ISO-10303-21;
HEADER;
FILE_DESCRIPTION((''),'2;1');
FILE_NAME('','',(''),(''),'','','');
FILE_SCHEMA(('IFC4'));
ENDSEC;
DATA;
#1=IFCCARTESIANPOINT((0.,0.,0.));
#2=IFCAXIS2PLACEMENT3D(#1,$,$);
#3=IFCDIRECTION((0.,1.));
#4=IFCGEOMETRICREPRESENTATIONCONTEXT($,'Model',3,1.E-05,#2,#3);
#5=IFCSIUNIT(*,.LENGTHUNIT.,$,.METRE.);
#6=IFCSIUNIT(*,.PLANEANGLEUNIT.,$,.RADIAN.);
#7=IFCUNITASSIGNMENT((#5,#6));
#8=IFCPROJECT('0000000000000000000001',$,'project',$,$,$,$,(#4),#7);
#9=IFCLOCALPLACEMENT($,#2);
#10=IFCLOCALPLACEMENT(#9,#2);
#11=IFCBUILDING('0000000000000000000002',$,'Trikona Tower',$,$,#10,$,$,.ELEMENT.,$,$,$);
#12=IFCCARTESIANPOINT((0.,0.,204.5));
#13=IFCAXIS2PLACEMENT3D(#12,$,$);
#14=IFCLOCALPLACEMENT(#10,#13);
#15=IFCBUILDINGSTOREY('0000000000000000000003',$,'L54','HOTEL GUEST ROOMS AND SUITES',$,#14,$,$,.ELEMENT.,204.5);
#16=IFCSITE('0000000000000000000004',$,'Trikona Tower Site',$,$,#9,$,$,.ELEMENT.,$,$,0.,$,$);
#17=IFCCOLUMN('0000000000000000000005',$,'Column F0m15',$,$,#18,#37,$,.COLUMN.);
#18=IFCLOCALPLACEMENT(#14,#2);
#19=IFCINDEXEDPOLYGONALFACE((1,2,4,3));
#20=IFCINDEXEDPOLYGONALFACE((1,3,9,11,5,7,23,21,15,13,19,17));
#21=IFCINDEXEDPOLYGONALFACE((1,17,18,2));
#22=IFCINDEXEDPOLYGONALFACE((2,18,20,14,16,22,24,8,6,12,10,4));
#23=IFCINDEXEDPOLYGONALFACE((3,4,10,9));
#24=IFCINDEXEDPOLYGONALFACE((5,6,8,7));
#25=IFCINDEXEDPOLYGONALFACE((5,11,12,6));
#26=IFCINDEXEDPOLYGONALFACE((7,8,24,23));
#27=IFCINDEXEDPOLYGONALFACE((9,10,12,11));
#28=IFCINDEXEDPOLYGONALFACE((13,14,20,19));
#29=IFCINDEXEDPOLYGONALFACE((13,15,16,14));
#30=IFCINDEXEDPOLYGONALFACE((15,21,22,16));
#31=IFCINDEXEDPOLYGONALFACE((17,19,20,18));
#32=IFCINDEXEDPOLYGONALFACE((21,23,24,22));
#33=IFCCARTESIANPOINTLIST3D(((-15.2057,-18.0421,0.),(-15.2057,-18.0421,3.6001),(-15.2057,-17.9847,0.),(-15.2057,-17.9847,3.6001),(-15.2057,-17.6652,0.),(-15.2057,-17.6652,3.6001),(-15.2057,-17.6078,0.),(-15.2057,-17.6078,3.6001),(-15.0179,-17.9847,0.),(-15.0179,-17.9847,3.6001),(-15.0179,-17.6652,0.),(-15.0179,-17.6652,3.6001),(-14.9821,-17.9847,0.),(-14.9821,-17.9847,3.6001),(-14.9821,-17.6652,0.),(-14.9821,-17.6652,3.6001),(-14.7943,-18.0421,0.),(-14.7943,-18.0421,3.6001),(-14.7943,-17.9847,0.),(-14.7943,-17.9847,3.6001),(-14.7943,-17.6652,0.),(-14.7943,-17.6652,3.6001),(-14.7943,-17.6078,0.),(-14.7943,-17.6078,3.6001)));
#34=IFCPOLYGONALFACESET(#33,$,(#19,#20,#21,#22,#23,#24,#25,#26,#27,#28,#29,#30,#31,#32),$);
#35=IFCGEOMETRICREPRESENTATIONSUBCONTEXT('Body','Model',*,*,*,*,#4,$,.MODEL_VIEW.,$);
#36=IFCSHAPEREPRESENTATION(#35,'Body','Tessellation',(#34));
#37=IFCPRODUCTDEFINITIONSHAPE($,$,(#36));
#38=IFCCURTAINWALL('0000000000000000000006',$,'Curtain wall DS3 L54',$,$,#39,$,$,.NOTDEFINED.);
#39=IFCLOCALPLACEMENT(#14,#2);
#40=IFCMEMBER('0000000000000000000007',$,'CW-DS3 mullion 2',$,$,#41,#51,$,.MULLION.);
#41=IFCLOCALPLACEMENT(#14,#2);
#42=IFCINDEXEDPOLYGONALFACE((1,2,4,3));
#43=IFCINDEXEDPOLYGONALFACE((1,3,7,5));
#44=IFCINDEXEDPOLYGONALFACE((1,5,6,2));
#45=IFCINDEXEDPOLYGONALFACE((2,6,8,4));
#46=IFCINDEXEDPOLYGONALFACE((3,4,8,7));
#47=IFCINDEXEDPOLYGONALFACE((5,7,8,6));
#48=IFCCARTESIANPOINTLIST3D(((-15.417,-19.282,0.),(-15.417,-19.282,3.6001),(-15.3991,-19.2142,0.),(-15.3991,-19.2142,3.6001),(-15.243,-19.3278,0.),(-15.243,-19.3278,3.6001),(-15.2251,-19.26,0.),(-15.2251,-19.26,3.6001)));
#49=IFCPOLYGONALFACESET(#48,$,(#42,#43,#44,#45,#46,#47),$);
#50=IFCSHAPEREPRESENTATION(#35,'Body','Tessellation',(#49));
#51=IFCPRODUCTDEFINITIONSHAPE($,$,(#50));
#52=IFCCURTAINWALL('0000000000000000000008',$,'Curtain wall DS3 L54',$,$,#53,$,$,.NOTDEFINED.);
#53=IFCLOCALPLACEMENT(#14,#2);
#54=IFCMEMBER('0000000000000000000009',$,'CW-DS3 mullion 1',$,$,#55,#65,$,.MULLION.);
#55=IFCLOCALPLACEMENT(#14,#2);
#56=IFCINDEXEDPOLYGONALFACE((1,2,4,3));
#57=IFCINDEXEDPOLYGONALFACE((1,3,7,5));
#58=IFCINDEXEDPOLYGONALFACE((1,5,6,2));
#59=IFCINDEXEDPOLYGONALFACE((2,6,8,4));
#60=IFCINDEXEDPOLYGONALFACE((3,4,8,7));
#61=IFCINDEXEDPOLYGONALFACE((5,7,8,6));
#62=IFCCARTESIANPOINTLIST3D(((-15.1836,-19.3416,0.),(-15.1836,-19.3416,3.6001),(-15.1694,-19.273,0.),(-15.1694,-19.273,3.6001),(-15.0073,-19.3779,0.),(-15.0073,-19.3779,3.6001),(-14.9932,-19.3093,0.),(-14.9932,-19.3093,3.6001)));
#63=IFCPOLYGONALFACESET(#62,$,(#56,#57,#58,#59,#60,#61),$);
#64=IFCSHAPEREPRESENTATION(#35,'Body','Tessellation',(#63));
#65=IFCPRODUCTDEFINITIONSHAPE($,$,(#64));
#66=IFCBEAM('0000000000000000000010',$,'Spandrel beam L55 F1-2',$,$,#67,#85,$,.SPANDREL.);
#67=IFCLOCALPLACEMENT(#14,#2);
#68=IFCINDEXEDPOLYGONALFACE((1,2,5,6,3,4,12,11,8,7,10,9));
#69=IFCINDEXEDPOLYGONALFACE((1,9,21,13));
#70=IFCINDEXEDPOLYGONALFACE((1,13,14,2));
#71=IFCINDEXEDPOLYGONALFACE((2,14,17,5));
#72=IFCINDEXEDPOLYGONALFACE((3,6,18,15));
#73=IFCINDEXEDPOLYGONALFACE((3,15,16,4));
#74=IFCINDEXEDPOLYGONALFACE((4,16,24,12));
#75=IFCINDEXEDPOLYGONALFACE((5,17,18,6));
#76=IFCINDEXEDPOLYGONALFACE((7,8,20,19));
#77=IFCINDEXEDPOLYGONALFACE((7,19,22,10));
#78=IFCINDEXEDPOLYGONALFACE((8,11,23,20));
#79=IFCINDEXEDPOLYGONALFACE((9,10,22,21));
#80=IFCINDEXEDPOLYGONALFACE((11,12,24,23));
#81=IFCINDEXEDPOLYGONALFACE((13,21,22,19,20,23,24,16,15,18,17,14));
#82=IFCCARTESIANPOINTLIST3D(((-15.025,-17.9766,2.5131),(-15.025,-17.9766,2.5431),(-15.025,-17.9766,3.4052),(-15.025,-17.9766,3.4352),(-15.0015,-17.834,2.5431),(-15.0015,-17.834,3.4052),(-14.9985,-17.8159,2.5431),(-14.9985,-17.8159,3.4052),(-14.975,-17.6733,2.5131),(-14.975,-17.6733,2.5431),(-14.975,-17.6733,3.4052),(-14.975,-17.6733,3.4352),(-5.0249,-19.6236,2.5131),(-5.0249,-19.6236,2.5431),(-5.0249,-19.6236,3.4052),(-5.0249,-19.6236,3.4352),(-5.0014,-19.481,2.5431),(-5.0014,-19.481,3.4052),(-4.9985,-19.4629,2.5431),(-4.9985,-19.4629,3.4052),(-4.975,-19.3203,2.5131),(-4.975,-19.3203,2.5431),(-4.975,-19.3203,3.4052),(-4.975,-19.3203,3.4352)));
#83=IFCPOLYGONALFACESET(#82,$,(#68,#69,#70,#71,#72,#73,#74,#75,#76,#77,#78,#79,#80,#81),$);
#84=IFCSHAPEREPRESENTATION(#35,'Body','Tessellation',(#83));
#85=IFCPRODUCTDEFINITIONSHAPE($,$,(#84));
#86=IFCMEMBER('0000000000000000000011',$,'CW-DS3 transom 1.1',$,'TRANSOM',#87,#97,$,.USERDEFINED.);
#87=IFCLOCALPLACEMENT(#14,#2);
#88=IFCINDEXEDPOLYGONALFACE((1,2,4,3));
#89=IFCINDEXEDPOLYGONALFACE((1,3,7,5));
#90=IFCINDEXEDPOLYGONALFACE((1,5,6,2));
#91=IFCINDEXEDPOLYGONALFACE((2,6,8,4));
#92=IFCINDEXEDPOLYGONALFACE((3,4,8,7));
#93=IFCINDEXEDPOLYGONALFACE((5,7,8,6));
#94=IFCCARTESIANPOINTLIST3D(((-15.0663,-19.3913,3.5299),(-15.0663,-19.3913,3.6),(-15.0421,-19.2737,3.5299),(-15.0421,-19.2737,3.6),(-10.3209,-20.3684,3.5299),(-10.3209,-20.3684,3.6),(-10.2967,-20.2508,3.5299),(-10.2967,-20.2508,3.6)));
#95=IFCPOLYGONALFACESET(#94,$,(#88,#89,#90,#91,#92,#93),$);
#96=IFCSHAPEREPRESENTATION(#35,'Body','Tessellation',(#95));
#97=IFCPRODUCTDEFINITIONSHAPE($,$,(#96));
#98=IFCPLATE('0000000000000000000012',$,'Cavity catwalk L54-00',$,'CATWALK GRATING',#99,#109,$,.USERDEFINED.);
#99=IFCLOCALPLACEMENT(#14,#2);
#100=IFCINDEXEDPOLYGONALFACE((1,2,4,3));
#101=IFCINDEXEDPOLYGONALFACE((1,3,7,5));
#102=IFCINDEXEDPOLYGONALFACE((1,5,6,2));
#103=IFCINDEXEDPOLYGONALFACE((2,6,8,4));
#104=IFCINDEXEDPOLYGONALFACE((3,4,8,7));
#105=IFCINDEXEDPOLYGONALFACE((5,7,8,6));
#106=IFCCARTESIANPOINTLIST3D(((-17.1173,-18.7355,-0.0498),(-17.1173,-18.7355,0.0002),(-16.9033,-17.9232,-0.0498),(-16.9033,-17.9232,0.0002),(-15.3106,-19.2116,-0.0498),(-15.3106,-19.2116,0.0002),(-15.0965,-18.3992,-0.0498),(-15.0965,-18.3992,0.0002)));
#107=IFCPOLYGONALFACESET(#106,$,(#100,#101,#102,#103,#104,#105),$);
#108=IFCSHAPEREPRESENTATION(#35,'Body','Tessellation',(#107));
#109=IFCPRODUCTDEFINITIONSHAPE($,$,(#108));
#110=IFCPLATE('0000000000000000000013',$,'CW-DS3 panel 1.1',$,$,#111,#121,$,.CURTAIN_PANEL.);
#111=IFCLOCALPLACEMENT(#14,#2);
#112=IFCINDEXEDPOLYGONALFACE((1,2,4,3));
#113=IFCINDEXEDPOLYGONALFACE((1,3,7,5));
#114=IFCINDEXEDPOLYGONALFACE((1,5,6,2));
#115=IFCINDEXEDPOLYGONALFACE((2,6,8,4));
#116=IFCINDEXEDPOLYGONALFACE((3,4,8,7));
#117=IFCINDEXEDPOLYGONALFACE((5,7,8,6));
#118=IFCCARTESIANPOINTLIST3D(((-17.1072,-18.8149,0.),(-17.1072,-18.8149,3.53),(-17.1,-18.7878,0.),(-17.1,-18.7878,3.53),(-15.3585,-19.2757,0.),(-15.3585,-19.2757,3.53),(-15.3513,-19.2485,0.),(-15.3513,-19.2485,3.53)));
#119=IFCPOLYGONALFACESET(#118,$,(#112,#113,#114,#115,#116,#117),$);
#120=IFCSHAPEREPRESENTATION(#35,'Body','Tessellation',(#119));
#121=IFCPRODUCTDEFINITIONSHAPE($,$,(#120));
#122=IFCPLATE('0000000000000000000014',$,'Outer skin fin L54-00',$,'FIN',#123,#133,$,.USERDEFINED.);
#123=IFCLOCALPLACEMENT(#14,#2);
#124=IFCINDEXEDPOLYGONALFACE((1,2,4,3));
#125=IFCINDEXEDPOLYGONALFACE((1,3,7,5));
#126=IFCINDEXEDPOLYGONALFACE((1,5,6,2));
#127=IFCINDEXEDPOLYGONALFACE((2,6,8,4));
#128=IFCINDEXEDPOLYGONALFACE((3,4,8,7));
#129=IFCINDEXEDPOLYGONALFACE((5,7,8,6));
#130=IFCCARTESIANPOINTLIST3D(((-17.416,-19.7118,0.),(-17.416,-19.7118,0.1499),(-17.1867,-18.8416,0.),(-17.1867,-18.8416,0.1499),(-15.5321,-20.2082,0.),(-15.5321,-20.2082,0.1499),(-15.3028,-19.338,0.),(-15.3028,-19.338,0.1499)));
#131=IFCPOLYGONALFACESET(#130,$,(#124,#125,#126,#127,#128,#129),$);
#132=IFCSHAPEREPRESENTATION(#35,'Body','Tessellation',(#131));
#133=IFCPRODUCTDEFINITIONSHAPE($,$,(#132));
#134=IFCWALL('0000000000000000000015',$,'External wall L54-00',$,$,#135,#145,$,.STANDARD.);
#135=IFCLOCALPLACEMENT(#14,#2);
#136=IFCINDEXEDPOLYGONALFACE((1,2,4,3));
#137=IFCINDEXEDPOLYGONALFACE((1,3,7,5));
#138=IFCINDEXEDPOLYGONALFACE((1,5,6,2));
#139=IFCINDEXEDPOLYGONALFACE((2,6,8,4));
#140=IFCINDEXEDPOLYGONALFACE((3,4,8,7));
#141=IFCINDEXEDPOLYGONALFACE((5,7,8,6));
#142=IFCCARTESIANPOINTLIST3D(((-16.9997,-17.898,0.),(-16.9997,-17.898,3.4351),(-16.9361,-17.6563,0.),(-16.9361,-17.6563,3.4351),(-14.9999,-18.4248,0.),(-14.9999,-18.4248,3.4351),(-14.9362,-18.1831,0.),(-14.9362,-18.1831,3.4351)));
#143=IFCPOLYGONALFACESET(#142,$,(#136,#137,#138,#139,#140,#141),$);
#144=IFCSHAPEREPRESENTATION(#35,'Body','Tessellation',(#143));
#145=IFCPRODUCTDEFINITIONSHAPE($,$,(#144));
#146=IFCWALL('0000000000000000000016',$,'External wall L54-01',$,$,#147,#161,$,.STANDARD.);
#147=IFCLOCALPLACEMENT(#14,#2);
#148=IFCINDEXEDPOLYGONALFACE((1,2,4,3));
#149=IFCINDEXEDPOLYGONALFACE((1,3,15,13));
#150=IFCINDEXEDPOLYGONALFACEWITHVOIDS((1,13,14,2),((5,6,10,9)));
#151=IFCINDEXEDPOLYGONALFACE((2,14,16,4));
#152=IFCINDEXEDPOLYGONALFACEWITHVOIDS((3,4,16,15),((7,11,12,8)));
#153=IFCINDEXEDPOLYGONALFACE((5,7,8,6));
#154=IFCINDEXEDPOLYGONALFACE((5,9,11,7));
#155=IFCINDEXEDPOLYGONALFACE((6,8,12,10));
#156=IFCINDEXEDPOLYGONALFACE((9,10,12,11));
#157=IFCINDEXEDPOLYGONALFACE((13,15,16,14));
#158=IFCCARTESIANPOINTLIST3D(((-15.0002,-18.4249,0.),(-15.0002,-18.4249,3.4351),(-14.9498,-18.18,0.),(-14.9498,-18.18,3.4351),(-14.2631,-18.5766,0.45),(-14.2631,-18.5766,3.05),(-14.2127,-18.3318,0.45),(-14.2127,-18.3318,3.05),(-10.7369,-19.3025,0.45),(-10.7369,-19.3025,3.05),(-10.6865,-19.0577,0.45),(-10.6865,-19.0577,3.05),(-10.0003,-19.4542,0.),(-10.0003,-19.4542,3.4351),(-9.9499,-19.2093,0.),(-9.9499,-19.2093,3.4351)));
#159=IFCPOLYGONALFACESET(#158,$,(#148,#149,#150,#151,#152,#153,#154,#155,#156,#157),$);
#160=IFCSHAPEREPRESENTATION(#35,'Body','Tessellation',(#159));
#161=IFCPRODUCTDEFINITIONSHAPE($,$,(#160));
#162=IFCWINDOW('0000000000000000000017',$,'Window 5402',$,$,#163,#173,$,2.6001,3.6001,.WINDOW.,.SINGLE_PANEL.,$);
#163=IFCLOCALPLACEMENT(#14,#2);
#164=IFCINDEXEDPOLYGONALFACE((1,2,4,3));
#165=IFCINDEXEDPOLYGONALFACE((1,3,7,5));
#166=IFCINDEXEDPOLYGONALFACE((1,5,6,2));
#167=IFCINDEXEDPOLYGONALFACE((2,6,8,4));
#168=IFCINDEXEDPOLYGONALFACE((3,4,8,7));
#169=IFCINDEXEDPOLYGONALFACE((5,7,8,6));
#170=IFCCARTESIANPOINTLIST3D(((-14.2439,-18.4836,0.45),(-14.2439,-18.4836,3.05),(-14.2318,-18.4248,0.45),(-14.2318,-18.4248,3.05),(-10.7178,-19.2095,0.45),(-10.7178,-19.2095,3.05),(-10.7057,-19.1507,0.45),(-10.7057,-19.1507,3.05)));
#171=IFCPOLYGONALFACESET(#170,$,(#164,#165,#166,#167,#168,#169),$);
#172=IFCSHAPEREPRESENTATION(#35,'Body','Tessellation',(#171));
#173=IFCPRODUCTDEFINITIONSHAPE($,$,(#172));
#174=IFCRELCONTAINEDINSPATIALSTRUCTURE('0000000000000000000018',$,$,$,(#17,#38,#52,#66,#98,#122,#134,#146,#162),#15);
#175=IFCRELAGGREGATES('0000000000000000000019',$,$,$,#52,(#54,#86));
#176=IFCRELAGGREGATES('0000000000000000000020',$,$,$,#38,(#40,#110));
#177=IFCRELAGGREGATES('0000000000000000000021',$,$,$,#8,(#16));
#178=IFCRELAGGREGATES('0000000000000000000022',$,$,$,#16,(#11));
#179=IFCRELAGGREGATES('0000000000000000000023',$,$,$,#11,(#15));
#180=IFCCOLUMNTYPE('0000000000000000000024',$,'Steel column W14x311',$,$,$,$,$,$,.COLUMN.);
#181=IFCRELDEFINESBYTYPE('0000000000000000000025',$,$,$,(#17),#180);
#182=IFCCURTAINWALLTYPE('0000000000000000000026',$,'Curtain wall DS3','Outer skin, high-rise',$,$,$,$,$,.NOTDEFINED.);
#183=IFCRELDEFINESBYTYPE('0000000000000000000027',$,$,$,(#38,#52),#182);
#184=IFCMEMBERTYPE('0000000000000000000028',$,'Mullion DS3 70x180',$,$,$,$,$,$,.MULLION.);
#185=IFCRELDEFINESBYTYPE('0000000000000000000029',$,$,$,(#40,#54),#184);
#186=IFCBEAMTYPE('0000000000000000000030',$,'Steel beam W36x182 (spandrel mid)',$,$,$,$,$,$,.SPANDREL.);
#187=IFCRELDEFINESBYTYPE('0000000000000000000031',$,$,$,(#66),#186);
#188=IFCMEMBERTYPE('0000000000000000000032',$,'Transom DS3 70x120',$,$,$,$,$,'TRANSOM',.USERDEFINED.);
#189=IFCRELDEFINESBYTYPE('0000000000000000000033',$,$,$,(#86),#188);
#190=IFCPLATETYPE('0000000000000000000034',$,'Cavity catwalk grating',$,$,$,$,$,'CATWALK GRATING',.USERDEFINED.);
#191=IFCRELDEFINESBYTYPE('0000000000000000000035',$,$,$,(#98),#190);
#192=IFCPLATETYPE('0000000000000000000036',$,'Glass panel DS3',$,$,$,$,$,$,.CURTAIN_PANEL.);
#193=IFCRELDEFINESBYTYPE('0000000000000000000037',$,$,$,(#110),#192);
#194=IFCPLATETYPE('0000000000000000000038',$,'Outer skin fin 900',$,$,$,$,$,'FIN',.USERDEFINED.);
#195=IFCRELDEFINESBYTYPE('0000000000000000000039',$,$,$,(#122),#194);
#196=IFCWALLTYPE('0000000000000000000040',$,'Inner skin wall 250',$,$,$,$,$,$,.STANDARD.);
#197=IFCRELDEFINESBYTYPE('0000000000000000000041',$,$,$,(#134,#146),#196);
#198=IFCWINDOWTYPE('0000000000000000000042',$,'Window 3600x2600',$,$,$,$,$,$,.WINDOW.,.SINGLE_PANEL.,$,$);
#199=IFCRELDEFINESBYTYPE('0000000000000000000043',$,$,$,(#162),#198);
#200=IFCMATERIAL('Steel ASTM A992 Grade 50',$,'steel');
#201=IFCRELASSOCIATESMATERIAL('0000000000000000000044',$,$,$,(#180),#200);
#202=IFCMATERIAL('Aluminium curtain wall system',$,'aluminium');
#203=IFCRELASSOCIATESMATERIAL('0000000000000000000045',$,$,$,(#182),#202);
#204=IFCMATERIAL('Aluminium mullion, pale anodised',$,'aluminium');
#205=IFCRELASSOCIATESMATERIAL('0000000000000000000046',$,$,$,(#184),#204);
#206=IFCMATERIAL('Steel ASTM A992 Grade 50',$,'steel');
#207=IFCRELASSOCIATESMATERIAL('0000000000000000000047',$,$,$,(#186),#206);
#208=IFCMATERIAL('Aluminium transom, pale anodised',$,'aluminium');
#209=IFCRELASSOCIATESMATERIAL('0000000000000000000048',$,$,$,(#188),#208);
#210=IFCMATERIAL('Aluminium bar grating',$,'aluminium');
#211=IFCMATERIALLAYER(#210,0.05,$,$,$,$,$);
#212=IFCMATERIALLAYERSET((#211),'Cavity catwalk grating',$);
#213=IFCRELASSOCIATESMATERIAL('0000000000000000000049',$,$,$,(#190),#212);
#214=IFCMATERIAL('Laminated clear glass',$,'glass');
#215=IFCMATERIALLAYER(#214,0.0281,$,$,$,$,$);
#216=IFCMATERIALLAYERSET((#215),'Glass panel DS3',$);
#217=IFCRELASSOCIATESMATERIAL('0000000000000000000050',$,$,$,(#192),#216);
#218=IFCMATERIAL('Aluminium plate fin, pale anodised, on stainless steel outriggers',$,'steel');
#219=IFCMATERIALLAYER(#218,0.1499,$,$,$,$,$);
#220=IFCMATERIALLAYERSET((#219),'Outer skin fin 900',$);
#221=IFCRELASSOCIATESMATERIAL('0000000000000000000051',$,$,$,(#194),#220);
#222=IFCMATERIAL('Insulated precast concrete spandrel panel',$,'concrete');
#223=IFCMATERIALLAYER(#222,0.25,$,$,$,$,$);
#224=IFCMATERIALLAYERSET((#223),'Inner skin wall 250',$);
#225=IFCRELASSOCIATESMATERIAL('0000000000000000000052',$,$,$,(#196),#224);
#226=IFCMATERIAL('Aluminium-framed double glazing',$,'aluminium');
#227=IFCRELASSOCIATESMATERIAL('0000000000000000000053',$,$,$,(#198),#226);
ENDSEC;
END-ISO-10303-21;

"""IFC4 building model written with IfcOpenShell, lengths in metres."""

from ifc_helpers import new_model, si_unit, direction, frame, frame_2d, origin, origin_2d, place, context, subcontext, project, spatial, rectangle, i_section, extrude, material, layer, layer_set, material_profile, profile_set, type_object, element, fill, aggregate, save


model = new_model("IFC4")

# Units and contexts
model_context = context("Model", 3, precision=1e-05, world=origin(), true_north=direction((0.0, 1.0)))
body_context = subcontext(model_context, "Body", "Model", "MODEL_VIEW")
ifc_project = project(units=[si_unit("LENGTHUNIT", "METRE"), si_unit("PLANEANGLEUNIT", "RADIAN")], contexts=[model_context])

# Site, building, storey
site_placement = place(None, origin())
site = spatial("IfcSite", under=ifc_project, at=site_placement, Name="Trikona Tower Site", CompositionType="ELEMENT", RefElevation=0.0)
building_placement = place(site_placement, origin())
building = spatial("IfcBuilding", under=site, at=building_placement, Name="Trikona Tower", CompositionType="ELEMENT")
storey_placement = place(building_placement, frame((0.0, 0.0, 204.5)))
storey = spatial("IfcBuildingStorey", under=building, at=storey_placement, Name="L54", Description="HOTEL GUEST ROOMS AND SUITES", CompositionType="ELEMENT", Elevation=204.5)

# Column
ifc_material_1 = material(Name="Steel ASTM A992 Grade 50", Category="steel")
ifc_material_profile_1 = material_profile(ifc_material_1, i_section(OverallWidth=0.4114, OverallDepth=0.4343, WebThickness=0.0359, FlangeThickness=0.0574, at=origin_2d()), Name="W14X311")
ifc_profile_set_1 = profile_set([ifc_material_profile_1], Name="Steel ASTM A992 Grade 50")
column_type = type_object("IfcColumnType", Name="Steel column W14x311", PredefinedType="COLUMN", material=ifc_profile_set_1)
column_placement = place(storey_placement, frame((-15.0, -17.825, 0.0), z_axis=(0.0, 0.0, 1.0), x_axis=(1.0, 0.0, 0.0)))
element("IfcColumn", 1, at=column_placement, inside=storey, type_object=column_type, Name="Column F0m15", PredefinedType="COLUMN", context=body_context, shape_type="SweptSolid", body=[
    extrude(i_section(OverallWidth=0.4114, OverallDepth=0.4343, WebThickness=0.0359, FlangeThickness=0.0574, at=origin_2d()), origin(), (0.0, 0.0, 1.0), 3.6001),
])

# Curtain walls, members
ifc_material_2 = material(Name="Aluminium curtain wall system", Category="aluminium")
curtain_wall_type = type_object("IfcCurtainWallType", Name="Curtain wall DS3", Description="Outer skin, high-rise", PredefinedType="NOTDEFINED", material=ifc_material_2)
curtain_wall_1_placement = place(storey_placement, origin())
curtain_wall_1 = element("IfcCurtainWall", 2, at=curtain_wall_1_placement, inside=storey, type_object=curtain_wall_type, Name="Curtain wall DS3 L54", PredefinedType="NOTDEFINED")
ifc_material_3 = material(Name="Aluminium mullion, pale anodised", Category="aluminium")
ifc_material_profile_2 = material_profile(ifc_material_3, rectangle(XDim=0.0701, YDim=0.1799, at=origin_2d()), Name="MUL-DS3")
ifc_profile_set_2 = profile_set([ifc_material_profile_2], Name="Aluminium mullion, pale anodised")
member_type_1 = type_object("IfcMemberType", Name="Mullion DS3 70x180", PredefinedType="MULLION", material=ifc_profile_set_2)
member_1_placement = place(storey_placement, frame((-15.321, -19.271, 0.0), z_axis=(0.0, 0.0, 1.0), x_axis=(0.254786, 0.966997, 0.0)))
member_1 = element("IfcMember", 3, at=member_1_placement, type_object=member_type_1, Name="CW-DS3 mullion 2", PredefinedType="MULLION", context=body_context, shape_type="SweptSolid", body=[
    extrude(rectangle(XDim=0.0701, YDim=0.1799, at=origin_2d()), origin(), (0.0, 0.0, 1.0), 3.6001),
])
curtain_wall_2_placement = place(storey_placement, origin())
curtain_wall_2 = element("IfcCurtainWall", 4, at=curtain_wall_2_placement, inside=storey, type_object=curtain_wall_type, Name="Curtain wall DS3 L54", PredefinedType="NOTDEFINED")
member_2_placement = place(storey_placement, frame((-15.0884, -19.3254, 0.0), z_axis=(0.0, 0.0, 1.0), x_axis=(0.201653, 0.979457, 0.0)))
member_2 = element("IfcMember", 5, at=member_2_placement, type_object=member_type_1, Name="CW-DS3 mullion 1", PredefinedType="MULLION", context=body_context, shape_type="SweptSolid", body=[
    extrude(rectangle(XDim=0.0701, YDim=0.1799, at=origin_2d()), origin(), (0.0, 0.0, 1.0), 3.6001),
])

# Beam
ifc_material_4 = material(Name="Steel ASTM A992 Grade 50", Category="steel")
ifc_material_profile_3 = material_profile(ifc_material_4, i_section(OverallWidth=0.3074, OverallDepth=0.9221, WebThickness=0.0183, FlangeThickness=0.03, at=origin_2d()), Name="W36X182")
ifc_profile_set_3 = profile_set([ifc_material_profile_3], Name="Steel ASTM A992 Grade 50")
beam_type = type_object("IfcBeamType", Name="Steel beam W36x182 (spandrel mid)", PredefinedType="SPANDREL", material=ifc_profile_set_3)
beam_placement = place(storey_placement, frame((-15.0, -17.825, 2.9741), z_axis=(0.986707, -0.162508, 0.0), x_axis=(0.162508, 0.986707, 0.0)))
element("IfcBeam", 6, at=beam_placement, inside=storey, type_object=beam_type, Name="Spandrel beam L55 F1-2", PredefinedType="SPANDREL", context=body_context, shape_type="SweptSolid", body=[
    extrude(i_section(OverallWidth=0.3074, OverallDepth=0.9221, WebThickness=0.0183, FlangeThickness=0.03, at=origin_2d()), origin(), (0.0, 0.0, 1.0), 10.1348),
])

# Member
ifc_material_5 = material(Name="Aluminium transom, pale anodised", Category="aluminium")
ifc_material_profile_4 = material_profile(ifc_material_5, rectangle(XDim=0.1201, YDim=0.0701, at=origin_2d()), Name="TRN-DS3")
ifc_profile_set_4 = profile_set([ifc_material_profile_4], Name="Aluminium transom, pale anodised")
member_type_2 = type_object("IfcMemberType", Name="Transom DS3 70x120", ElementType="TRANSOM", PredefinedType="USERDEFINED", material=ifc_profile_set_4)
member_3_placement = place(storey_placement, frame((-15.0542, -19.3325, 3.5649), z_axis=(0.979454, -0.201666, 0.0), x_axis=(0.201666, 0.979454, 0.0)))
member_3 = element("IfcMember", 7, at=member_3_placement, type_object=member_type_2, Name="CW-DS3 transom 1.1", ObjectType="TRANSOM", PredefinedType="USERDEFINED", context=body_context, shape_type="SweptSolid", body=[
    extrude(rectangle(XDim=0.1201, YDim=0.0701, at=origin_2d()), origin(), (0.0, 0.0, 1.0), 4.845),
])
aggregate(curtain_wall_2, [member_2, member_3])

# Plates
ifc_material_6 = material(Name="Aluminium bar grating", Category="aluminium")
ifc_layer_1 = layer(ifc_material_6, 0.05)
ifc_layer_set_1 = layer_set([ifc_layer_1], Name="Cavity catwalk grating")
plate_type_1 = type_object("IfcPlateType", Name="Cavity catwalk grating", ElementType="CATWALK GRATING", PredefinedType="USERDEFINED", material=ifc_layer_set_1)
plate_1_placement = place(storey_placement, frame((-16.1069, -18.5674, -0.0498), z_axis=(0.0, 0.0, 1.0), x_axis=(0.966993, -0.254803, 0.0)))
element("IfcPlate", 8, at=plate_1_placement, inside=storey, type_object=plate_type_1, Name="Cavity catwalk L54-00", ObjectType="CATWALK GRATING", PredefinedType="USERDEFINED", context=body_context, shape_type="SweptSolid", body=[
    extrude(rectangle(XDim=1.8684, YDim=0.8401, at=origin_2d()), origin(), (0.0, 0.0, 1.0), 0.05),
])
ifc_material_7 = material(Name="Laminated clear glass", Category="glass")
ifc_layer_2 = layer(ifc_material_7, 0.0281)
ifc_layer_set_2 = layer_set([ifc_layer_2], Name="Glass panel DS3")
plate_type_2 = type_object("IfcPlateType", Name="Glass panel DS3", PredefinedType="CURTAIN_PANEL", material=ifc_layer_set_2)
plate_2_placement = place(storey_placement, frame((-16.2292, -19.0317, 0.0), z_axis=(0.0, 0.0, 1.0), x_axis=(0.966997, -0.254786, 0.0)))
plate_2 = element("IfcPlate", 9, at=plate_2_placement, type_object=plate_type_2, Name="CW-DS3 panel 1.1", PredefinedType="CURTAIN_PANEL", context=body_context, shape_type="SweptSolid", body=[
    extrude(rectangle(XDim=1.8083, YDim=0.0281, at=origin_2d()), origin(), (0.0, 0.0, 1.0), 3.53),
])
aggregate(curtain_wall_1, [member_1, plate_2])
ifc_material_8 = material(Name="Aluminium plate fin, pale anodised, on stainless steel outriggers", Category="steel")
ifc_layer_3 = layer(ifc_material_8, 0.1499)
ifc_layer_set_3 = layer_set([ifc_layer_3], Name="Outer skin fin 900")
plate_type_3 = type_object("IfcPlateType", Name="Outer skin fin 900", ElementType="FIN", PredefinedType="USERDEFINED", material=ifc_layer_set_3)
plate_3_placement = place(storey_placement, frame((-16.3594, -19.5249, 0.0), z_axis=(0.0, 0.0, 1.0), x_axis=(0.966993, -0.254803, 0.0)))
element("IfcPlate", 10, at=plate_3_placement, inside=storey, type_object=plate_type_3, Name="Outer skin fin L54-00", ObjectType="FIN", PredefinedType="USERDEFINED", context=body_context, shape_type="SweptSolid", body=[
    extrude(rectangle(XDim=1.9482, YDim=0.8999, at=origin_2d()), origin(), (0.0, 0.0, 1.0), 0.1499),
])

# Wall
ifc_material_9 = material(Name="Insulated precast concrete spandrel panel", Category="concrete")
ifc_layer_4 = layer(ifc_material_9, 0.25)
ifc_layer_set_4 = layer_set([ifc_layer_4], Name="Inner skin wall 250")
wall_type_1 = type_object("IfcWallType", Name="Inner skin wall 250", PredefinedType="STANDARD", material=ifc_layer_set_4)
wall_1_placement = place(storey_placement, frame((-16.968, -17.7771, 0.0), z_axis=(0.0, 0.0, 1.0), x_axis=(0.96701, -0.254737, 0.0)))
element("IfcWall", 11, at=wall_1_placement, inside=storey, type_object=wall_type_1, Name="External wall L54-00", PredefinedType="STANDARD", context=body_context, shape_type="SweptSolid", body=[
    extrude(rectangle(XDim=2.0681, YDim=0.25, at=frame_2d((1.0342, 0.0))), origin(), (0.0, 0.0, 1.0), 3.4351),
])

# Wall, opening, window
wall_2_placement = place(storey_placement, frame((-14.9749, -18.3025, 0.0), z_axis=(0.0, 0.0, 1.0), x_axis=(0.979461, -0.201631, 0.0)))
wall_2 = element("IfcWall", 12, at=wall_2_placement, inside=storey, type_object=wall_type_1, Name="External wall L54-01", PredefinedType="STANDARD", context=body_context, shape_type="SweptSolid", body=[
    extrude(rectangle(XDim=5.1047, YDim=0.25, at=frame_2d((2.5522, 0.0))), origin(), (0.0, 0.0, 1.0), 3.4351),
])
opening_placement = place(wall_2_placement, frame((0.7524, 0.0, 0.45)))
opening = element("IfcOpeningElement", 13, at=opening_placement, cuts=wall_2, PredefinedType="OPENING", context=body_context, shape_type="SweptSolid", body=[
    extrude(rectangle(XDim=3.6001, YDim=2.6001, at=frame_2d((1.8, 1.3))), frame((0.0, 0.135, 0.0), z_axis=(0.0, -1.0, 0.0), x_axis=(1.0, 0.0, 0.0)), (0.0, 0.0, 1.0), 0.27),
])
ifc_material_10 = material(Name="Aluminium-framed double glazing", Category="aluminium")
window_type = type_object("IfcWindowType", Name="Window 3600x2600", PartitioningType="SINGLE_PANEL", PredefinedType="WINDOW", material=ifc_material_10)
window_placement = place(opening_placement, origin())
window = element("IfcWindow", 14, at=window_placement, inside=storey, type_object=window_type, Name="Window 5402", OverallHeight=2.6001, OverallWidth=3.6001, PartitioningType="SINGLE_PANEL", PredefinedType="WINDOW", context=body_context, shape_type="SweptSolid", body=[
    extrude(rectangle(XDim=3.6001, YDim=2.6001, at=frame_2d((1.8, 1.3))), frame((0.0, 0.03, 0.0), z_axis=(0.0, -1.0, 0.0), x_axis=(1.0, 0.0, 0.0)), (0.0, 0.0, 1.0), 0.0601),
])
fill(opening, window)

save(model, "model.ifc")
